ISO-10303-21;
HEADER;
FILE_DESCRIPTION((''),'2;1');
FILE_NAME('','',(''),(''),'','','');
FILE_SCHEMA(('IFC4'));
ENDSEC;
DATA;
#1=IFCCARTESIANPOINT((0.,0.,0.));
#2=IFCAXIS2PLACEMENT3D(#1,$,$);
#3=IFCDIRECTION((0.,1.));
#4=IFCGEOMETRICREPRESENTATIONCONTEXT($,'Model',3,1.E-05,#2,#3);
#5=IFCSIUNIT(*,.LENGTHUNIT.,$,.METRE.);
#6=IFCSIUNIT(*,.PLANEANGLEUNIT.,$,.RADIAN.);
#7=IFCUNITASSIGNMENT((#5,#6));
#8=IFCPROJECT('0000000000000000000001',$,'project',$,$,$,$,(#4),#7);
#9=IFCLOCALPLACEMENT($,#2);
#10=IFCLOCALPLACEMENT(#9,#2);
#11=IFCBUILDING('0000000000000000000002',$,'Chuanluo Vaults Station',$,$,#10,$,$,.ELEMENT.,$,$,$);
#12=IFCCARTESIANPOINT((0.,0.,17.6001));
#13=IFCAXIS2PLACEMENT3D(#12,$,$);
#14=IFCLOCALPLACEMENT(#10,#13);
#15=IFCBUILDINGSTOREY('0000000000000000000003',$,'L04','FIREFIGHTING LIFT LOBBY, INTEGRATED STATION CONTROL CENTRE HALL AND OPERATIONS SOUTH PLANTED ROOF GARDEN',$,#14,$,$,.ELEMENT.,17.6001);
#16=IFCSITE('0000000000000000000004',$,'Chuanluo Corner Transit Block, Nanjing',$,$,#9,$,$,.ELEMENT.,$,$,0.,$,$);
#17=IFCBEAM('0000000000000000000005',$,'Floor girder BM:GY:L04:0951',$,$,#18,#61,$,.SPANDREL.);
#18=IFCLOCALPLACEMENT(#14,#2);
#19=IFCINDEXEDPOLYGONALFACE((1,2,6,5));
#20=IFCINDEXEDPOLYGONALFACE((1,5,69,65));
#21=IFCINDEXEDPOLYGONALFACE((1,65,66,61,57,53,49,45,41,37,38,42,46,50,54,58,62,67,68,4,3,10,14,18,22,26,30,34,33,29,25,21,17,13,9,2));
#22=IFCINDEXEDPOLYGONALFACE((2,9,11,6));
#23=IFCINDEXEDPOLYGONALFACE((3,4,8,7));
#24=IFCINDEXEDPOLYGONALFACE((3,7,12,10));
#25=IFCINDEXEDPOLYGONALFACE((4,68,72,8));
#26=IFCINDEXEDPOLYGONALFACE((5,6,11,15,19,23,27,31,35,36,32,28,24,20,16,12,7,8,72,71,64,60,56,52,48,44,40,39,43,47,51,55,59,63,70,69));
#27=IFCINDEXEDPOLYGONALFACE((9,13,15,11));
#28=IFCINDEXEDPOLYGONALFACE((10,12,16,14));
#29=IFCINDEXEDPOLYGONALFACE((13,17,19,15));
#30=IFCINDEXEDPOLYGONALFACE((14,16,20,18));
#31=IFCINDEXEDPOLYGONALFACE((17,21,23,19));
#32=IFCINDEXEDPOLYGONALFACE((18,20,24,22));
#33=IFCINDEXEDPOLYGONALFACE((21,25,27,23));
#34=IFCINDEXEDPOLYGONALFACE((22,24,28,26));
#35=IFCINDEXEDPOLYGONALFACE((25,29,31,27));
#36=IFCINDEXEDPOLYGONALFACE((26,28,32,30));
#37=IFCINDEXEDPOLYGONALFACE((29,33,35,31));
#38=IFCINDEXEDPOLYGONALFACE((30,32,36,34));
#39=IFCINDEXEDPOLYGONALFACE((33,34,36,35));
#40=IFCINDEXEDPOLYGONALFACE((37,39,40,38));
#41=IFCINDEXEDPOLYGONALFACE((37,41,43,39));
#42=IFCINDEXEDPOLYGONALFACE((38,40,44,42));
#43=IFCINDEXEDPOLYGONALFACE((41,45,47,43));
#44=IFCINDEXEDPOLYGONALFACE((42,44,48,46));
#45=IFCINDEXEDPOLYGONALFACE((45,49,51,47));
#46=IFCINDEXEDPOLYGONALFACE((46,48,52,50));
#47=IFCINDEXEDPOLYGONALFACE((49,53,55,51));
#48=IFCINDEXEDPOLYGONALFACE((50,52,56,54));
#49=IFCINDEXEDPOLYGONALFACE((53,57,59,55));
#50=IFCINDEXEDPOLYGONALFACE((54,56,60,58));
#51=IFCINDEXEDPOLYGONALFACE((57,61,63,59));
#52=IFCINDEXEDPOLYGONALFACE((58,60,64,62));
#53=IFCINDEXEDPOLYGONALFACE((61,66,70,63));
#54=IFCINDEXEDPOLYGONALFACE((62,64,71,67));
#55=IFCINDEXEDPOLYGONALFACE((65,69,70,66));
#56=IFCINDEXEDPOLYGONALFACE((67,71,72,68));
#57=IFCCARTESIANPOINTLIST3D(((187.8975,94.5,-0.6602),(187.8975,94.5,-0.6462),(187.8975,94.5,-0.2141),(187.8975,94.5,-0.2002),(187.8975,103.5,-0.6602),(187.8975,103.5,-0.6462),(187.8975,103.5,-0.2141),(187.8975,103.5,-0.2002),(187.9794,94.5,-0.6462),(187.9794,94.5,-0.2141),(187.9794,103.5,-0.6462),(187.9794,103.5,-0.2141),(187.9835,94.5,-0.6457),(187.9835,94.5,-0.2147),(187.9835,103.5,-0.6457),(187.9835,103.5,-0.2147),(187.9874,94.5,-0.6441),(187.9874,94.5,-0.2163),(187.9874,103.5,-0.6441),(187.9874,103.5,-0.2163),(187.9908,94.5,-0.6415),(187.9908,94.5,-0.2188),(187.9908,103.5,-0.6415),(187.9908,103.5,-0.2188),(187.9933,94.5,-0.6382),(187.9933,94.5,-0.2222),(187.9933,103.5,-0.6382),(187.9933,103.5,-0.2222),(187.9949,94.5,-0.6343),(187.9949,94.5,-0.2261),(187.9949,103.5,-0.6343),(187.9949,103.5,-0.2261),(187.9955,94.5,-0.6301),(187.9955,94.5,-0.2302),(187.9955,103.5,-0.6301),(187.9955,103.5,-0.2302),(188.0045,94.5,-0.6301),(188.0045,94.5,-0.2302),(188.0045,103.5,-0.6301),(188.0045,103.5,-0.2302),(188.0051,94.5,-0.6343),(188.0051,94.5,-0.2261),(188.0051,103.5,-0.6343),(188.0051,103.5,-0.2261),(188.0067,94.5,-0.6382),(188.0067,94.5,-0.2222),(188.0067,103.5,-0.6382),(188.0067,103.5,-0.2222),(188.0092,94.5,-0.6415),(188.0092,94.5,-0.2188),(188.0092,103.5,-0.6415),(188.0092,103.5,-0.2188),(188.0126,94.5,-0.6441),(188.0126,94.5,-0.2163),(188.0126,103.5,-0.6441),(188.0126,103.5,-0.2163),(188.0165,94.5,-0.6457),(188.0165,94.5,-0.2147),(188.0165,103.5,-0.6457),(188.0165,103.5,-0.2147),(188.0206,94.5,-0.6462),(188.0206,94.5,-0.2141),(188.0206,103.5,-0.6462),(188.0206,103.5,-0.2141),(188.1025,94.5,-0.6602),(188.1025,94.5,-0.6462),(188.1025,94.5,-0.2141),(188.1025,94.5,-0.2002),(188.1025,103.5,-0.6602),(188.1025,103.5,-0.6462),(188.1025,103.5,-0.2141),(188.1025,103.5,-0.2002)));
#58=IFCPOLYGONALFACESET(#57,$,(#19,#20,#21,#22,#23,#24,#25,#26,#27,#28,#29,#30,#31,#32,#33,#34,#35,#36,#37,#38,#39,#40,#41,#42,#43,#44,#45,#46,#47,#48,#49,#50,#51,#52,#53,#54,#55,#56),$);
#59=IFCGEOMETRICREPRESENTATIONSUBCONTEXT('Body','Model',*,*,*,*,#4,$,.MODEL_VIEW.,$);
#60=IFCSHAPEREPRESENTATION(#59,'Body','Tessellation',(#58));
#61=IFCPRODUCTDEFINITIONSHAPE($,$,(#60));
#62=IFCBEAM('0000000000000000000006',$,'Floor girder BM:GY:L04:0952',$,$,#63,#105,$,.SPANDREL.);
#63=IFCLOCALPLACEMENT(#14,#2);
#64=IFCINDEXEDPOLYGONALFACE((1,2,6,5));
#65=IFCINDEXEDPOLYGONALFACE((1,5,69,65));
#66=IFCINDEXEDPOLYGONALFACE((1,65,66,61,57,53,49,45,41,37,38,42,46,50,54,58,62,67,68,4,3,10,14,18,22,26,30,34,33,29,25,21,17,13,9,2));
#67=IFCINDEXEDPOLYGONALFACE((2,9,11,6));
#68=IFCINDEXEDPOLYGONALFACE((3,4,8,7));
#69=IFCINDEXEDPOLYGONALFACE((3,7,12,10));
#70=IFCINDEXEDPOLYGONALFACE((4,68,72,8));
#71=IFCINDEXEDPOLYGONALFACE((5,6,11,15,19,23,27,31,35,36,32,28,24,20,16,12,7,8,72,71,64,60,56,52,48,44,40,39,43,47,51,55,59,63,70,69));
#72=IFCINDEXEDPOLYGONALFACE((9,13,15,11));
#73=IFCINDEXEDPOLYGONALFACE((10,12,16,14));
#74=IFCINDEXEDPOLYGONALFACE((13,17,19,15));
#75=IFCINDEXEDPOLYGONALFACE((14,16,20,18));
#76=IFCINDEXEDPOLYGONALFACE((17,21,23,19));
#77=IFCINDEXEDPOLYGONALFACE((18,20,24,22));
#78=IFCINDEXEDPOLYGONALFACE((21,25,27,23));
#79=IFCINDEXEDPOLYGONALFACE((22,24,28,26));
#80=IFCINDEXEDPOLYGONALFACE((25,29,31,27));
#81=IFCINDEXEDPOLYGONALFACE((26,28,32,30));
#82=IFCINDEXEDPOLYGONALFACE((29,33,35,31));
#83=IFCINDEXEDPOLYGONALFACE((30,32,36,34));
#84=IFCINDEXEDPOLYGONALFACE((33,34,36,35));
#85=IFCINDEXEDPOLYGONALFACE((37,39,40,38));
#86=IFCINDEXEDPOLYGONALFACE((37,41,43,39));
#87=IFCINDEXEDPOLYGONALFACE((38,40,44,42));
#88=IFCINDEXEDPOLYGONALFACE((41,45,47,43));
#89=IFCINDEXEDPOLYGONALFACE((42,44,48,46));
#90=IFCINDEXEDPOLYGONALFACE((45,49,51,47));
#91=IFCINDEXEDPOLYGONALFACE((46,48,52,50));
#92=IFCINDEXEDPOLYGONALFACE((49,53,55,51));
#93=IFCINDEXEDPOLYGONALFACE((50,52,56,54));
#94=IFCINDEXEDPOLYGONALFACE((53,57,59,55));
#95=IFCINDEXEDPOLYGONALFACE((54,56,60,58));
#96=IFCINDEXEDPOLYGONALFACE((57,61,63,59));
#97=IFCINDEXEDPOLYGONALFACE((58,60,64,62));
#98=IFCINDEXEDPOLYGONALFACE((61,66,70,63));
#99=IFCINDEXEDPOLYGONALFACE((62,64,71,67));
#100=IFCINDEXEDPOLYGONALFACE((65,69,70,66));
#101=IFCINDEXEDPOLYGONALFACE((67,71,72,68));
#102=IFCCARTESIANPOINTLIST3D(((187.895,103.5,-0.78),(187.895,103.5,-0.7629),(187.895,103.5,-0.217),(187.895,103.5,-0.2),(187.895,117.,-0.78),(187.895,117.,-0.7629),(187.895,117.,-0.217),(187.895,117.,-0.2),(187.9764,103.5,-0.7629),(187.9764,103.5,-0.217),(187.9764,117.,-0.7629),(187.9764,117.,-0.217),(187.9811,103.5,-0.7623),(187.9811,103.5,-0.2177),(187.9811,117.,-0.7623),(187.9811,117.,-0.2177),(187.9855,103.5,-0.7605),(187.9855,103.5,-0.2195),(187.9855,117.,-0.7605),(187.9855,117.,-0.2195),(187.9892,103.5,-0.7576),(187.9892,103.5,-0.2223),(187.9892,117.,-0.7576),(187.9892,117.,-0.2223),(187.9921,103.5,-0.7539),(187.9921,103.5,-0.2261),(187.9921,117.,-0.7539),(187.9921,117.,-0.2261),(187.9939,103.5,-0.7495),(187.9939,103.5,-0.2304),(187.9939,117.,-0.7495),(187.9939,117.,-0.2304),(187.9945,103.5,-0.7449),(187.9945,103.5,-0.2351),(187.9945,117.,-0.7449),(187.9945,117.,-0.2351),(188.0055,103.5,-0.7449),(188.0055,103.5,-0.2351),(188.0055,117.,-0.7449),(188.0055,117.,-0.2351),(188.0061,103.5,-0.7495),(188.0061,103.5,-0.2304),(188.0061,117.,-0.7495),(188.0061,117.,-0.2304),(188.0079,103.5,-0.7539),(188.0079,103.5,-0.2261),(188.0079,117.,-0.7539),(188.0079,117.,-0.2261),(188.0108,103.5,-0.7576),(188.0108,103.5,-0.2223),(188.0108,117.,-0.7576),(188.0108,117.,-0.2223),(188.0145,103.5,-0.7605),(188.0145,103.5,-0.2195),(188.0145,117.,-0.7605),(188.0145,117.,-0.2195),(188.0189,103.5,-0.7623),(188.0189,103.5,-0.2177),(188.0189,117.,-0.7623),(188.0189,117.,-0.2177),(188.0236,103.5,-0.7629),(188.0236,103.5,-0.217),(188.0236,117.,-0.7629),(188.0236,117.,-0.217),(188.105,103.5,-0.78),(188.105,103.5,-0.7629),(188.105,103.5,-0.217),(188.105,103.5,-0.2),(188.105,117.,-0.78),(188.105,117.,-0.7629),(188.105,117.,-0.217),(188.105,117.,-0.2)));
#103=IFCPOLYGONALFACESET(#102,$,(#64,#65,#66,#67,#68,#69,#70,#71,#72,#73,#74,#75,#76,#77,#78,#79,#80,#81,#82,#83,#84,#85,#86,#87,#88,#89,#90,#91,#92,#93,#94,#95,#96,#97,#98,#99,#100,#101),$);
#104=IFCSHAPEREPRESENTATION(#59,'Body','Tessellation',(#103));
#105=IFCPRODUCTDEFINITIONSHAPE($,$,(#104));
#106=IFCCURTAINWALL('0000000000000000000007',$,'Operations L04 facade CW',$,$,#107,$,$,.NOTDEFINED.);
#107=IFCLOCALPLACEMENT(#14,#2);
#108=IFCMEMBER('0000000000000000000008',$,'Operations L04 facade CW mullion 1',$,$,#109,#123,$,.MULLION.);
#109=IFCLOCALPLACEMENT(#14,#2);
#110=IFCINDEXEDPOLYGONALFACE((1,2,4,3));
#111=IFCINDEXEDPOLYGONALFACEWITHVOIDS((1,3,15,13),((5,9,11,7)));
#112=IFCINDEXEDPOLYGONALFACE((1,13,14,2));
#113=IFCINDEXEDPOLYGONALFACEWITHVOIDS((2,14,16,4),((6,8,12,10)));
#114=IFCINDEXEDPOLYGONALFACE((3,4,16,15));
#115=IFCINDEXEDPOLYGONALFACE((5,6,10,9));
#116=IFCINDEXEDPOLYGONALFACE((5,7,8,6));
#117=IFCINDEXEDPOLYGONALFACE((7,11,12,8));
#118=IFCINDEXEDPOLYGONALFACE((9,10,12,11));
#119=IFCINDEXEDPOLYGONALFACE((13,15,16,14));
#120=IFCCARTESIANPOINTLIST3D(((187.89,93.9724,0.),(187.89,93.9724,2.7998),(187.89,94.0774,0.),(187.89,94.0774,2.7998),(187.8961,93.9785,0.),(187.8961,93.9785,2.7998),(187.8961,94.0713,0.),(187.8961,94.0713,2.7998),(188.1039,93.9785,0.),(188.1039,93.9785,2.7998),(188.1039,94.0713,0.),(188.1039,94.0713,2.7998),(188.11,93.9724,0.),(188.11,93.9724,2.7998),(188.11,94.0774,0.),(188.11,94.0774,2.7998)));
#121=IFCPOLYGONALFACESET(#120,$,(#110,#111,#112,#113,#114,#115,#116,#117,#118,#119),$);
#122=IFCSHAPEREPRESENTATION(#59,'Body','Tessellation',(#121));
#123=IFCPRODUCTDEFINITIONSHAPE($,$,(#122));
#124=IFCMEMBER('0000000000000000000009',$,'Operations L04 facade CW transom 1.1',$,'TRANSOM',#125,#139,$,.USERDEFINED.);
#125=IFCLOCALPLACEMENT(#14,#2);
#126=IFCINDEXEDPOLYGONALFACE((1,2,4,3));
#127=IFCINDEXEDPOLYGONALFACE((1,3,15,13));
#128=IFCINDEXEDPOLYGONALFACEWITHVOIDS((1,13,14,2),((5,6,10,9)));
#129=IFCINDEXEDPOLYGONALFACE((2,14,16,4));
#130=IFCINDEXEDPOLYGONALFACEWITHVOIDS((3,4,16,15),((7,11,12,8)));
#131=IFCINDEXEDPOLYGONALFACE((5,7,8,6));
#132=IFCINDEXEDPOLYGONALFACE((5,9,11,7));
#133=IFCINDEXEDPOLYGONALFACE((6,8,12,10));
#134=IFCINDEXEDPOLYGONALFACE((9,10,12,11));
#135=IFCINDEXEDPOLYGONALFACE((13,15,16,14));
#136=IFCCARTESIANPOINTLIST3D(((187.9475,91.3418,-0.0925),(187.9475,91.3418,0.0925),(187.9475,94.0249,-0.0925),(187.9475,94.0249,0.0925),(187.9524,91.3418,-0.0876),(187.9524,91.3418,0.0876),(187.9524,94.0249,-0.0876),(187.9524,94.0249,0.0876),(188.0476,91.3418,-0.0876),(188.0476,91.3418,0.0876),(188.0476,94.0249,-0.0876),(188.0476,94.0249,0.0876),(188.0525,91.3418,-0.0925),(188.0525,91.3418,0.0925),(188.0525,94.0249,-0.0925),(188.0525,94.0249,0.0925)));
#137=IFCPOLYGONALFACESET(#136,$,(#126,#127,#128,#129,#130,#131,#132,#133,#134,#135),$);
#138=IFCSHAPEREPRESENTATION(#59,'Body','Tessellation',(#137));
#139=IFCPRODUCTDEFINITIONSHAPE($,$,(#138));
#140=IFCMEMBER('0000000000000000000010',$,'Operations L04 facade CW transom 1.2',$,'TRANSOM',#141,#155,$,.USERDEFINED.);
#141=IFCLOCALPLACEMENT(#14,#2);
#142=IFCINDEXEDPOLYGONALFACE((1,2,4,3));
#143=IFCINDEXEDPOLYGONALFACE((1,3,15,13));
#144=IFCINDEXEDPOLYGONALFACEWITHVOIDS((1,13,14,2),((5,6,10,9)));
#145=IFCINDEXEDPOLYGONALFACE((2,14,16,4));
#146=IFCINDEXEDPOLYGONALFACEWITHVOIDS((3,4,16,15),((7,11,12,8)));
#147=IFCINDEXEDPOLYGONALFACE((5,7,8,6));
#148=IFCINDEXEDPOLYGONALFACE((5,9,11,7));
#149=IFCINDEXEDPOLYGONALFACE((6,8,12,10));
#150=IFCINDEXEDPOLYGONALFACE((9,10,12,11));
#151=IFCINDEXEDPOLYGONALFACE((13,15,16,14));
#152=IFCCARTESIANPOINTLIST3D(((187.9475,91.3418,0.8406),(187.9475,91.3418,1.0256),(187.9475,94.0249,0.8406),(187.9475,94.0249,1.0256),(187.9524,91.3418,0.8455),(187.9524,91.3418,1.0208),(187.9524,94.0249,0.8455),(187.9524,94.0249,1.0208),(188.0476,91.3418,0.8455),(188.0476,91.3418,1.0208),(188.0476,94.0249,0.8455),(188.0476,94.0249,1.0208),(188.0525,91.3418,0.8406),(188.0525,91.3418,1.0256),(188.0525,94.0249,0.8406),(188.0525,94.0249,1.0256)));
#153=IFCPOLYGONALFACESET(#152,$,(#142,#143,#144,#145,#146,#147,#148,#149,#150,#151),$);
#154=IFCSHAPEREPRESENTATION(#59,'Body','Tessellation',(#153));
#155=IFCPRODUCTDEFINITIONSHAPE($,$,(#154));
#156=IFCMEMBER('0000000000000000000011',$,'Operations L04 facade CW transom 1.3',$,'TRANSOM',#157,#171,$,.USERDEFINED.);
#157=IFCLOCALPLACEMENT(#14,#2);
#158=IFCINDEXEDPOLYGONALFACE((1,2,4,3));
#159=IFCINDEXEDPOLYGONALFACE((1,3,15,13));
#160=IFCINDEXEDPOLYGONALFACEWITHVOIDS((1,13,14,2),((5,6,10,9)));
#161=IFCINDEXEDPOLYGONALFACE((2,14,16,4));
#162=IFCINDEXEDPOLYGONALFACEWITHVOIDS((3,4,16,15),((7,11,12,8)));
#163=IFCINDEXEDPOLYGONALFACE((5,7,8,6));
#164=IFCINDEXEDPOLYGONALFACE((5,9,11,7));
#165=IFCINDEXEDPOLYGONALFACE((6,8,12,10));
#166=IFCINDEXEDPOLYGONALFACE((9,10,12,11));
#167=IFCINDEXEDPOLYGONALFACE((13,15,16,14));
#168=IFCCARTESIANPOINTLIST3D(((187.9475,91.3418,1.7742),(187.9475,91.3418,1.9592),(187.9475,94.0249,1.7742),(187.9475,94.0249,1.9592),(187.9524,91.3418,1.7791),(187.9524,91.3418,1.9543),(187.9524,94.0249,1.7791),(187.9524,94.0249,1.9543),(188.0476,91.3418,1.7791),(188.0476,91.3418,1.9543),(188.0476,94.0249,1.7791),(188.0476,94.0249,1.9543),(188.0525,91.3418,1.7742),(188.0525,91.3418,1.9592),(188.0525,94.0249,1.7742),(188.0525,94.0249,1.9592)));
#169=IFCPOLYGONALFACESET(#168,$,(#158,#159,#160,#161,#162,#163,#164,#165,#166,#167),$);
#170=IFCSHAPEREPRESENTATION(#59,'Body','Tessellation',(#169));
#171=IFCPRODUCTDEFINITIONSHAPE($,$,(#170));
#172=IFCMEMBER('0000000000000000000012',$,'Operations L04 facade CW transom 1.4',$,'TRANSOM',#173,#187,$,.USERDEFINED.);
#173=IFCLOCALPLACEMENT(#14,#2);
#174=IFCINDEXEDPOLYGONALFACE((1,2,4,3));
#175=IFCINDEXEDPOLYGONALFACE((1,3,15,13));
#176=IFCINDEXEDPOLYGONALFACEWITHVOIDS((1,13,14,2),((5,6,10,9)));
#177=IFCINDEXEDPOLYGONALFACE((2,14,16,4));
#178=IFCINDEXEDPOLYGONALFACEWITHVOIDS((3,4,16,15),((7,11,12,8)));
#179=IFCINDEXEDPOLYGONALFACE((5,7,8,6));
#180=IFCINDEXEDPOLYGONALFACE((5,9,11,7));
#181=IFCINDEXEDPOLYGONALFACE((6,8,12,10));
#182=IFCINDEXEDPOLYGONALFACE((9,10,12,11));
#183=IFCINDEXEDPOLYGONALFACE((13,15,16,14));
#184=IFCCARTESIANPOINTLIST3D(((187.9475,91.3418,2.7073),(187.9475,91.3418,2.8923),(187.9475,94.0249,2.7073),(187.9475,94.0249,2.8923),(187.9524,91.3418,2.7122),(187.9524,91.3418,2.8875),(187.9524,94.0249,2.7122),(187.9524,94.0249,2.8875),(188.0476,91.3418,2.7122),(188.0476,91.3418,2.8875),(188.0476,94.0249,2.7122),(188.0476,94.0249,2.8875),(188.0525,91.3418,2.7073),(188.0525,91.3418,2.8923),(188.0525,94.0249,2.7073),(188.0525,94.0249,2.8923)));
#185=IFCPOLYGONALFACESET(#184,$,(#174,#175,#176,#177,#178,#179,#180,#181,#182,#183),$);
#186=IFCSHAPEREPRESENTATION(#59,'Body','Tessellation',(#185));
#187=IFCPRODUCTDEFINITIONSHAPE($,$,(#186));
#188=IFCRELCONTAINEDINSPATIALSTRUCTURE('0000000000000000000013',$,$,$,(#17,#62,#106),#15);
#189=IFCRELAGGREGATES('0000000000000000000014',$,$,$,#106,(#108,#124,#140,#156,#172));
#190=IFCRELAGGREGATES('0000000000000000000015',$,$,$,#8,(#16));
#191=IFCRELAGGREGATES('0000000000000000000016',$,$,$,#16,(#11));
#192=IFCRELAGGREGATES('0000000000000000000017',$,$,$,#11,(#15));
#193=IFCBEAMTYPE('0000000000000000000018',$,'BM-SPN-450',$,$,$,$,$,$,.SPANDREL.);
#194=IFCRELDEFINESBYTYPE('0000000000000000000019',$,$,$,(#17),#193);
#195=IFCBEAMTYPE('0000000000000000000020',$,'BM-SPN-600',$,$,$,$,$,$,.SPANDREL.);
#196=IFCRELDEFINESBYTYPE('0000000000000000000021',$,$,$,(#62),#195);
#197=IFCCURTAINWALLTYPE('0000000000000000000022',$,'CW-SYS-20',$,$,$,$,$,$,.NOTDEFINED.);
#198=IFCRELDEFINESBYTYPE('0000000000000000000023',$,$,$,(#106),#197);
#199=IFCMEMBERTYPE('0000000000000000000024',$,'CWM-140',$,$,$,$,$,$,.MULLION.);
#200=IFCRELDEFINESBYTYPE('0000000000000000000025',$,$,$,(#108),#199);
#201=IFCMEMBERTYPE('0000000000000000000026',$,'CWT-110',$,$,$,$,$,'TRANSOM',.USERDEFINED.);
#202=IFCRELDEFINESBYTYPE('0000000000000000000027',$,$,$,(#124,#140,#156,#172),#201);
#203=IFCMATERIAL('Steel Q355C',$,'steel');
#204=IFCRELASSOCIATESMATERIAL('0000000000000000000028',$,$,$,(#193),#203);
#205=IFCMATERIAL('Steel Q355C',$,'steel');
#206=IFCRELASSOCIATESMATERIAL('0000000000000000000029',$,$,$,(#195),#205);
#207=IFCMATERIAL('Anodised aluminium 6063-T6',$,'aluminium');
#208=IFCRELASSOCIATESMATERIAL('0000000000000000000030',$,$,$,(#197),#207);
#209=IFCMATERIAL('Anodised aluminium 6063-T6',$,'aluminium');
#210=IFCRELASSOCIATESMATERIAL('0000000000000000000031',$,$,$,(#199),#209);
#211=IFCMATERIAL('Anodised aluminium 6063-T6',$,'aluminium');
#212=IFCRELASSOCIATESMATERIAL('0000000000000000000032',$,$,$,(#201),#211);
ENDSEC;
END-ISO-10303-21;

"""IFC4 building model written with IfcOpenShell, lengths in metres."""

from ifc_helpers import new_model, si_unit, direction, frame, origin, origin_2d, place, context, subcontext, project, spatial, hollow_rectangle, i_section, extrude, material, material_profile, profile_set, type_object, element, aggregate, save


model = new_model("IFC4")

# Units and contexts
model_context = context("Model", 3, precision=1e-05, world=origin(), true_north=direction((0.0, 1.0)))
body_context = subcontext(model_context, "Body", "Model", "MODEL_VIEW")
ifc_project = project(units=[si_unit("LENGTHUNIT", "METRE"), si_unit("PLANEANGLEUNIT", "RADIAN")], contexts=[model_context])

# Site, building, storey
site_placement = place(None, origin())
site = spatial("IfcSite", under=ifc_project, at=site_placement, Name="Chuanluo Corner Transit Block, Nanjing", CompositionType="ELEMENT", RefElevation=0.0)
building_placement = place(site_placement, origin())
building = spatial("IfcBuilding", under=site, at=building_placement, Name="Chuanluo Vaults Station", CompositionType="ELEMENT")
storey_placement = place(building_placement, frame((0.0, 0.0, 17.6001)))
storey = spatial("IfcBuildingStorey", under=building, at=storey_placement, Name="L04", Description="FIREFIGHTING LIFT LOBBY, INTEGRATED STATION CONTROL CENTRE HALL AND OPERATIONS SOUTH PLANTED ROOF GARDEN", CompositionType="ELEMENT", Elevation=17.6001)

# Beams
ifc_material_1 = material(Name="Steel Q355C", Category="steel")
ifc_material_profile_1 = material_profile(ifc_material_1, i_section(OverallWidth=0.2051, OverallDepth=0.46, WebThickness=0.009, FlangeThickness=0.0139, FilletRadius=0.0161, at=origin_2d()))
ifc_profile_set_1 = profile_set([ifc_material_profile_1], Name="Steel Q355C")
beam_type_1 = type_object("IfcBeamType", Name="BM-SPN-450", PredefinedType="SPANDREL", material=ifc_profile_set_1)
beam_1_placement = place(storey_placement, frame((188.0, 94.5, -0.4302), z_axis=(0.0, 1.0, 0.0), x_axis=(-1.0, 0.0, 0.0)))
element("IfcBeam", 1, at=beam_1_placement, inside=storey, type_object=beam_type_1, Name="Floor girder BM:GY:L04:0951", PredefinedType="SPANDREL", context=body_context, shape_type="SweptSolid", body=[
    extrude(i_section(OverallWidth=0.2051, OverallDepth=0.46, WebThickness=0.009, FlangeThickness=0.0139, FilletRadius=0.0161, at=origin_2d()), origin(), (0.0, 0.0, 1.0), 9.0),
])
ifc_material_2 = material(Name="Steel Q355C", Category="steel")
ifc_material_profile_2 = material_profile(ifc_material_2, i_section(OverallWidth=0.21, OverallDepth=0.5801, WebThickness=0.011, FlangeThickness=0.0171, FilletRadius=0.0181, at=origin_2d()))
ifc_profile_set_2 = profile_set([ifc_material_profile_2], Name="Steel Q355C")
beam_type_2 = type_object("IfcBeamType", Name="BM-SPN-600", PredefinedType="SPANDREL", material=ifc_profile_set_2)
beam_2_placement = place(storey_placement, frame((188.0, 103.5, -0.49), z_axis=(0.0, 1.0, 0.0), x_axis=(-1.0, 0.0, 0.0)))
element("IfcBeam", 2, at=beam_2_placement, inside=storey, type_object=beam_type_2, Name="Floor girder BM:GY:L04:0952", PredefinedType="SPANDREL", context=body_context, shape_type="SweptSolid", body=[
    extrude(i_section(OverallWidth=0.21, OverallDepth=0.5801, WebThickness=0.011, FlangeThickness=0.0171, FilletRadius=0.0181, at=origin_2d()), origin(), (0.0, 0.0, 1.0), 13.5),
])

# Curtain wall, members
ifc_material_3 = material(Name="Anodised aluminium 6063-T6", Category="aluminium")
curtain_wall_type = type_object("IfcCurtainWallType", Name="CW-SYS-20", PredefinedType="NOTDEFINED", material=ifc_material_3)
curtain_wall_placement = place(storey_placement, origin())
curtain_wall = element("IfcCurtainWall", 3, at=curtain_wall_placement, inside=storey, type_object=curtain_wall_type, Name="Operations L04 facade CW", PredefinedType="NOTDEFINED")
ifc_material_4 = material(Name="Anodised aluminium 6063-T6", Category="aluminium")
ifc_material_profile_3 = material_profile(ifc_material_4, hollow_rectangle(XDim=0.105, YDim=0.22, WallThickness=0.0061, at=origin_2d()))
ifc_profile_set_3 = profile_set([ifc_material_profile_3], Name="Anodised aluminium 6063-T6")
member_type_1 = type_object("IfcMemberType", Name="CWM-140", PredefinedType="MULLION", material=ifc_profile_set_3)
member_1_placement = place(storey_placement, frame((188.0, 94.0249, 0.0), z_axis=(0.0, 0.0, 1.0), x_axis=(0.0, -1.0, 0.0)))
member_1 = element("IfcMember", 4, at=member_1_placement, type_object=member_type_1, Name="Operations L04 facade CW mullion 1", PredefinedType="MULLION", context=body_context, shape_type="SweptSolid", body=[
    extrude(hollow_rectangle(XDim=0.105, YDim=0.22, WallThickness=0.0061, at=origin_2d()), origin(), (0.0, 0.0, 1.0), 2.7998),
])
ifc_material_5 = material(Name="Anodised aluminium 6063-T6", Category="aluminium")
ifc_material_profile_4 = material_profile(ifc_material_5, hollow_rectangle(XDim=0.105, YDim=0.1851, WallThickness=0.0049, at=origin_2d()))
ifc_profile_set_4 = profile_set([ifc_material_profile_4], Name="Anodised aluminium 6063-T6")
member_type_2 = type_object("IfcMemberType", Name="CWT-110", ElementType="TRANSOM", PredefinedType="USERDEFINED", material=ifc_profile_set_4)
member_2_placement = place(storey_placement, frame((188.0, 94.0249, 0.0), z_axis=(0.0, -1.0, 0.0), x_axis=(1.0, 0.0, 0.0)))
member_2 = element("IfcMember", 5, at=member_2_placement, type_object=member_type_2, Name="Operations L04 facade CW transom 1.1", ObjectType="TRANSOM", PredefinedType="USERDEFINED", context=body_context, shape_type="SweptSolid", body=[
    extrude(hollow_rectangle(XDim=0.105, YDim=0.1851, WallThickness=0.0049, at=origin_2d()), origin(), (0.0, 0.0, 1.0), 2.6831),
])
member_3_placement = place(storey_placement, frame((188.0, 94.0249, 0.9331), z_axis=(0.0, -1.0, 0.0), x_axis=(1.0, 0.0, 0.0)))
member_3 = element("IfcMember", 6, at=member_3_placement, type_object=member_type_2, Name="Operations L04 facade CW transom 1.2", ObjectType="TRANSOM", PredefinedType="USERDEFINED", context=body_context, shape_type="SweptSolid", body=[
    extrude(hollow_rectangle(XDim=0.105, YDim=0.1851, WallThickness=0.0049, at=origin_2d()), origin(), (0.0, 0.0, 1.0), 2.6831),
])
member_4_placement = place(storey_placement, frame((188.0, 94.0249, 1.8667), z_axis=(0.0, -1.0, 0.0), x_axis=(1.0, 0.0, 0.0)))
member_4 = element("IfcMember", 7, at=member_4_placement, type_object=member_type_2, Name="Operations L04 facade CW transom 1.3", ObjectType="TRANSOM", PredefinedType="USERDEFINED", context=body_context, shape_type="SweptSolid", body=[
    extrude(hollow_rectangle(XDim=0.105, YDim=0.1851, WallThickness=0.0049, at=origin_2d()), origin(), (0.0, 0.0, 1.0), 2.6831),
])
member_5_placement = place(storey_placement, frame((188.0, 94.0249, 2.7998), z_axis=(0.0, -1.0, 0.0), x_axis=(1.0, 0.0, 0.0)))
member_5 = element("IfcMember", 8, at=member_5_placement, type_object=member_type_2, Name="Operations L04 facade CW transom 1.4", ObjectType="TRANSOM", PredefinedType="USERDEFINED", context=body_context, shape_type="SweptSolid", body=[
    extrude(hollow_rectangle(XDim=0.105, YDim=0.1851, WallThickness=0.0049, at=origin_2d()), origin(), (0.0, 0.0, 1.0), 2.6831),
])
aggregate(curtain_wall, [member_1, member_2, member_3, member_4, member_5])

save(model, "model.ifc")
